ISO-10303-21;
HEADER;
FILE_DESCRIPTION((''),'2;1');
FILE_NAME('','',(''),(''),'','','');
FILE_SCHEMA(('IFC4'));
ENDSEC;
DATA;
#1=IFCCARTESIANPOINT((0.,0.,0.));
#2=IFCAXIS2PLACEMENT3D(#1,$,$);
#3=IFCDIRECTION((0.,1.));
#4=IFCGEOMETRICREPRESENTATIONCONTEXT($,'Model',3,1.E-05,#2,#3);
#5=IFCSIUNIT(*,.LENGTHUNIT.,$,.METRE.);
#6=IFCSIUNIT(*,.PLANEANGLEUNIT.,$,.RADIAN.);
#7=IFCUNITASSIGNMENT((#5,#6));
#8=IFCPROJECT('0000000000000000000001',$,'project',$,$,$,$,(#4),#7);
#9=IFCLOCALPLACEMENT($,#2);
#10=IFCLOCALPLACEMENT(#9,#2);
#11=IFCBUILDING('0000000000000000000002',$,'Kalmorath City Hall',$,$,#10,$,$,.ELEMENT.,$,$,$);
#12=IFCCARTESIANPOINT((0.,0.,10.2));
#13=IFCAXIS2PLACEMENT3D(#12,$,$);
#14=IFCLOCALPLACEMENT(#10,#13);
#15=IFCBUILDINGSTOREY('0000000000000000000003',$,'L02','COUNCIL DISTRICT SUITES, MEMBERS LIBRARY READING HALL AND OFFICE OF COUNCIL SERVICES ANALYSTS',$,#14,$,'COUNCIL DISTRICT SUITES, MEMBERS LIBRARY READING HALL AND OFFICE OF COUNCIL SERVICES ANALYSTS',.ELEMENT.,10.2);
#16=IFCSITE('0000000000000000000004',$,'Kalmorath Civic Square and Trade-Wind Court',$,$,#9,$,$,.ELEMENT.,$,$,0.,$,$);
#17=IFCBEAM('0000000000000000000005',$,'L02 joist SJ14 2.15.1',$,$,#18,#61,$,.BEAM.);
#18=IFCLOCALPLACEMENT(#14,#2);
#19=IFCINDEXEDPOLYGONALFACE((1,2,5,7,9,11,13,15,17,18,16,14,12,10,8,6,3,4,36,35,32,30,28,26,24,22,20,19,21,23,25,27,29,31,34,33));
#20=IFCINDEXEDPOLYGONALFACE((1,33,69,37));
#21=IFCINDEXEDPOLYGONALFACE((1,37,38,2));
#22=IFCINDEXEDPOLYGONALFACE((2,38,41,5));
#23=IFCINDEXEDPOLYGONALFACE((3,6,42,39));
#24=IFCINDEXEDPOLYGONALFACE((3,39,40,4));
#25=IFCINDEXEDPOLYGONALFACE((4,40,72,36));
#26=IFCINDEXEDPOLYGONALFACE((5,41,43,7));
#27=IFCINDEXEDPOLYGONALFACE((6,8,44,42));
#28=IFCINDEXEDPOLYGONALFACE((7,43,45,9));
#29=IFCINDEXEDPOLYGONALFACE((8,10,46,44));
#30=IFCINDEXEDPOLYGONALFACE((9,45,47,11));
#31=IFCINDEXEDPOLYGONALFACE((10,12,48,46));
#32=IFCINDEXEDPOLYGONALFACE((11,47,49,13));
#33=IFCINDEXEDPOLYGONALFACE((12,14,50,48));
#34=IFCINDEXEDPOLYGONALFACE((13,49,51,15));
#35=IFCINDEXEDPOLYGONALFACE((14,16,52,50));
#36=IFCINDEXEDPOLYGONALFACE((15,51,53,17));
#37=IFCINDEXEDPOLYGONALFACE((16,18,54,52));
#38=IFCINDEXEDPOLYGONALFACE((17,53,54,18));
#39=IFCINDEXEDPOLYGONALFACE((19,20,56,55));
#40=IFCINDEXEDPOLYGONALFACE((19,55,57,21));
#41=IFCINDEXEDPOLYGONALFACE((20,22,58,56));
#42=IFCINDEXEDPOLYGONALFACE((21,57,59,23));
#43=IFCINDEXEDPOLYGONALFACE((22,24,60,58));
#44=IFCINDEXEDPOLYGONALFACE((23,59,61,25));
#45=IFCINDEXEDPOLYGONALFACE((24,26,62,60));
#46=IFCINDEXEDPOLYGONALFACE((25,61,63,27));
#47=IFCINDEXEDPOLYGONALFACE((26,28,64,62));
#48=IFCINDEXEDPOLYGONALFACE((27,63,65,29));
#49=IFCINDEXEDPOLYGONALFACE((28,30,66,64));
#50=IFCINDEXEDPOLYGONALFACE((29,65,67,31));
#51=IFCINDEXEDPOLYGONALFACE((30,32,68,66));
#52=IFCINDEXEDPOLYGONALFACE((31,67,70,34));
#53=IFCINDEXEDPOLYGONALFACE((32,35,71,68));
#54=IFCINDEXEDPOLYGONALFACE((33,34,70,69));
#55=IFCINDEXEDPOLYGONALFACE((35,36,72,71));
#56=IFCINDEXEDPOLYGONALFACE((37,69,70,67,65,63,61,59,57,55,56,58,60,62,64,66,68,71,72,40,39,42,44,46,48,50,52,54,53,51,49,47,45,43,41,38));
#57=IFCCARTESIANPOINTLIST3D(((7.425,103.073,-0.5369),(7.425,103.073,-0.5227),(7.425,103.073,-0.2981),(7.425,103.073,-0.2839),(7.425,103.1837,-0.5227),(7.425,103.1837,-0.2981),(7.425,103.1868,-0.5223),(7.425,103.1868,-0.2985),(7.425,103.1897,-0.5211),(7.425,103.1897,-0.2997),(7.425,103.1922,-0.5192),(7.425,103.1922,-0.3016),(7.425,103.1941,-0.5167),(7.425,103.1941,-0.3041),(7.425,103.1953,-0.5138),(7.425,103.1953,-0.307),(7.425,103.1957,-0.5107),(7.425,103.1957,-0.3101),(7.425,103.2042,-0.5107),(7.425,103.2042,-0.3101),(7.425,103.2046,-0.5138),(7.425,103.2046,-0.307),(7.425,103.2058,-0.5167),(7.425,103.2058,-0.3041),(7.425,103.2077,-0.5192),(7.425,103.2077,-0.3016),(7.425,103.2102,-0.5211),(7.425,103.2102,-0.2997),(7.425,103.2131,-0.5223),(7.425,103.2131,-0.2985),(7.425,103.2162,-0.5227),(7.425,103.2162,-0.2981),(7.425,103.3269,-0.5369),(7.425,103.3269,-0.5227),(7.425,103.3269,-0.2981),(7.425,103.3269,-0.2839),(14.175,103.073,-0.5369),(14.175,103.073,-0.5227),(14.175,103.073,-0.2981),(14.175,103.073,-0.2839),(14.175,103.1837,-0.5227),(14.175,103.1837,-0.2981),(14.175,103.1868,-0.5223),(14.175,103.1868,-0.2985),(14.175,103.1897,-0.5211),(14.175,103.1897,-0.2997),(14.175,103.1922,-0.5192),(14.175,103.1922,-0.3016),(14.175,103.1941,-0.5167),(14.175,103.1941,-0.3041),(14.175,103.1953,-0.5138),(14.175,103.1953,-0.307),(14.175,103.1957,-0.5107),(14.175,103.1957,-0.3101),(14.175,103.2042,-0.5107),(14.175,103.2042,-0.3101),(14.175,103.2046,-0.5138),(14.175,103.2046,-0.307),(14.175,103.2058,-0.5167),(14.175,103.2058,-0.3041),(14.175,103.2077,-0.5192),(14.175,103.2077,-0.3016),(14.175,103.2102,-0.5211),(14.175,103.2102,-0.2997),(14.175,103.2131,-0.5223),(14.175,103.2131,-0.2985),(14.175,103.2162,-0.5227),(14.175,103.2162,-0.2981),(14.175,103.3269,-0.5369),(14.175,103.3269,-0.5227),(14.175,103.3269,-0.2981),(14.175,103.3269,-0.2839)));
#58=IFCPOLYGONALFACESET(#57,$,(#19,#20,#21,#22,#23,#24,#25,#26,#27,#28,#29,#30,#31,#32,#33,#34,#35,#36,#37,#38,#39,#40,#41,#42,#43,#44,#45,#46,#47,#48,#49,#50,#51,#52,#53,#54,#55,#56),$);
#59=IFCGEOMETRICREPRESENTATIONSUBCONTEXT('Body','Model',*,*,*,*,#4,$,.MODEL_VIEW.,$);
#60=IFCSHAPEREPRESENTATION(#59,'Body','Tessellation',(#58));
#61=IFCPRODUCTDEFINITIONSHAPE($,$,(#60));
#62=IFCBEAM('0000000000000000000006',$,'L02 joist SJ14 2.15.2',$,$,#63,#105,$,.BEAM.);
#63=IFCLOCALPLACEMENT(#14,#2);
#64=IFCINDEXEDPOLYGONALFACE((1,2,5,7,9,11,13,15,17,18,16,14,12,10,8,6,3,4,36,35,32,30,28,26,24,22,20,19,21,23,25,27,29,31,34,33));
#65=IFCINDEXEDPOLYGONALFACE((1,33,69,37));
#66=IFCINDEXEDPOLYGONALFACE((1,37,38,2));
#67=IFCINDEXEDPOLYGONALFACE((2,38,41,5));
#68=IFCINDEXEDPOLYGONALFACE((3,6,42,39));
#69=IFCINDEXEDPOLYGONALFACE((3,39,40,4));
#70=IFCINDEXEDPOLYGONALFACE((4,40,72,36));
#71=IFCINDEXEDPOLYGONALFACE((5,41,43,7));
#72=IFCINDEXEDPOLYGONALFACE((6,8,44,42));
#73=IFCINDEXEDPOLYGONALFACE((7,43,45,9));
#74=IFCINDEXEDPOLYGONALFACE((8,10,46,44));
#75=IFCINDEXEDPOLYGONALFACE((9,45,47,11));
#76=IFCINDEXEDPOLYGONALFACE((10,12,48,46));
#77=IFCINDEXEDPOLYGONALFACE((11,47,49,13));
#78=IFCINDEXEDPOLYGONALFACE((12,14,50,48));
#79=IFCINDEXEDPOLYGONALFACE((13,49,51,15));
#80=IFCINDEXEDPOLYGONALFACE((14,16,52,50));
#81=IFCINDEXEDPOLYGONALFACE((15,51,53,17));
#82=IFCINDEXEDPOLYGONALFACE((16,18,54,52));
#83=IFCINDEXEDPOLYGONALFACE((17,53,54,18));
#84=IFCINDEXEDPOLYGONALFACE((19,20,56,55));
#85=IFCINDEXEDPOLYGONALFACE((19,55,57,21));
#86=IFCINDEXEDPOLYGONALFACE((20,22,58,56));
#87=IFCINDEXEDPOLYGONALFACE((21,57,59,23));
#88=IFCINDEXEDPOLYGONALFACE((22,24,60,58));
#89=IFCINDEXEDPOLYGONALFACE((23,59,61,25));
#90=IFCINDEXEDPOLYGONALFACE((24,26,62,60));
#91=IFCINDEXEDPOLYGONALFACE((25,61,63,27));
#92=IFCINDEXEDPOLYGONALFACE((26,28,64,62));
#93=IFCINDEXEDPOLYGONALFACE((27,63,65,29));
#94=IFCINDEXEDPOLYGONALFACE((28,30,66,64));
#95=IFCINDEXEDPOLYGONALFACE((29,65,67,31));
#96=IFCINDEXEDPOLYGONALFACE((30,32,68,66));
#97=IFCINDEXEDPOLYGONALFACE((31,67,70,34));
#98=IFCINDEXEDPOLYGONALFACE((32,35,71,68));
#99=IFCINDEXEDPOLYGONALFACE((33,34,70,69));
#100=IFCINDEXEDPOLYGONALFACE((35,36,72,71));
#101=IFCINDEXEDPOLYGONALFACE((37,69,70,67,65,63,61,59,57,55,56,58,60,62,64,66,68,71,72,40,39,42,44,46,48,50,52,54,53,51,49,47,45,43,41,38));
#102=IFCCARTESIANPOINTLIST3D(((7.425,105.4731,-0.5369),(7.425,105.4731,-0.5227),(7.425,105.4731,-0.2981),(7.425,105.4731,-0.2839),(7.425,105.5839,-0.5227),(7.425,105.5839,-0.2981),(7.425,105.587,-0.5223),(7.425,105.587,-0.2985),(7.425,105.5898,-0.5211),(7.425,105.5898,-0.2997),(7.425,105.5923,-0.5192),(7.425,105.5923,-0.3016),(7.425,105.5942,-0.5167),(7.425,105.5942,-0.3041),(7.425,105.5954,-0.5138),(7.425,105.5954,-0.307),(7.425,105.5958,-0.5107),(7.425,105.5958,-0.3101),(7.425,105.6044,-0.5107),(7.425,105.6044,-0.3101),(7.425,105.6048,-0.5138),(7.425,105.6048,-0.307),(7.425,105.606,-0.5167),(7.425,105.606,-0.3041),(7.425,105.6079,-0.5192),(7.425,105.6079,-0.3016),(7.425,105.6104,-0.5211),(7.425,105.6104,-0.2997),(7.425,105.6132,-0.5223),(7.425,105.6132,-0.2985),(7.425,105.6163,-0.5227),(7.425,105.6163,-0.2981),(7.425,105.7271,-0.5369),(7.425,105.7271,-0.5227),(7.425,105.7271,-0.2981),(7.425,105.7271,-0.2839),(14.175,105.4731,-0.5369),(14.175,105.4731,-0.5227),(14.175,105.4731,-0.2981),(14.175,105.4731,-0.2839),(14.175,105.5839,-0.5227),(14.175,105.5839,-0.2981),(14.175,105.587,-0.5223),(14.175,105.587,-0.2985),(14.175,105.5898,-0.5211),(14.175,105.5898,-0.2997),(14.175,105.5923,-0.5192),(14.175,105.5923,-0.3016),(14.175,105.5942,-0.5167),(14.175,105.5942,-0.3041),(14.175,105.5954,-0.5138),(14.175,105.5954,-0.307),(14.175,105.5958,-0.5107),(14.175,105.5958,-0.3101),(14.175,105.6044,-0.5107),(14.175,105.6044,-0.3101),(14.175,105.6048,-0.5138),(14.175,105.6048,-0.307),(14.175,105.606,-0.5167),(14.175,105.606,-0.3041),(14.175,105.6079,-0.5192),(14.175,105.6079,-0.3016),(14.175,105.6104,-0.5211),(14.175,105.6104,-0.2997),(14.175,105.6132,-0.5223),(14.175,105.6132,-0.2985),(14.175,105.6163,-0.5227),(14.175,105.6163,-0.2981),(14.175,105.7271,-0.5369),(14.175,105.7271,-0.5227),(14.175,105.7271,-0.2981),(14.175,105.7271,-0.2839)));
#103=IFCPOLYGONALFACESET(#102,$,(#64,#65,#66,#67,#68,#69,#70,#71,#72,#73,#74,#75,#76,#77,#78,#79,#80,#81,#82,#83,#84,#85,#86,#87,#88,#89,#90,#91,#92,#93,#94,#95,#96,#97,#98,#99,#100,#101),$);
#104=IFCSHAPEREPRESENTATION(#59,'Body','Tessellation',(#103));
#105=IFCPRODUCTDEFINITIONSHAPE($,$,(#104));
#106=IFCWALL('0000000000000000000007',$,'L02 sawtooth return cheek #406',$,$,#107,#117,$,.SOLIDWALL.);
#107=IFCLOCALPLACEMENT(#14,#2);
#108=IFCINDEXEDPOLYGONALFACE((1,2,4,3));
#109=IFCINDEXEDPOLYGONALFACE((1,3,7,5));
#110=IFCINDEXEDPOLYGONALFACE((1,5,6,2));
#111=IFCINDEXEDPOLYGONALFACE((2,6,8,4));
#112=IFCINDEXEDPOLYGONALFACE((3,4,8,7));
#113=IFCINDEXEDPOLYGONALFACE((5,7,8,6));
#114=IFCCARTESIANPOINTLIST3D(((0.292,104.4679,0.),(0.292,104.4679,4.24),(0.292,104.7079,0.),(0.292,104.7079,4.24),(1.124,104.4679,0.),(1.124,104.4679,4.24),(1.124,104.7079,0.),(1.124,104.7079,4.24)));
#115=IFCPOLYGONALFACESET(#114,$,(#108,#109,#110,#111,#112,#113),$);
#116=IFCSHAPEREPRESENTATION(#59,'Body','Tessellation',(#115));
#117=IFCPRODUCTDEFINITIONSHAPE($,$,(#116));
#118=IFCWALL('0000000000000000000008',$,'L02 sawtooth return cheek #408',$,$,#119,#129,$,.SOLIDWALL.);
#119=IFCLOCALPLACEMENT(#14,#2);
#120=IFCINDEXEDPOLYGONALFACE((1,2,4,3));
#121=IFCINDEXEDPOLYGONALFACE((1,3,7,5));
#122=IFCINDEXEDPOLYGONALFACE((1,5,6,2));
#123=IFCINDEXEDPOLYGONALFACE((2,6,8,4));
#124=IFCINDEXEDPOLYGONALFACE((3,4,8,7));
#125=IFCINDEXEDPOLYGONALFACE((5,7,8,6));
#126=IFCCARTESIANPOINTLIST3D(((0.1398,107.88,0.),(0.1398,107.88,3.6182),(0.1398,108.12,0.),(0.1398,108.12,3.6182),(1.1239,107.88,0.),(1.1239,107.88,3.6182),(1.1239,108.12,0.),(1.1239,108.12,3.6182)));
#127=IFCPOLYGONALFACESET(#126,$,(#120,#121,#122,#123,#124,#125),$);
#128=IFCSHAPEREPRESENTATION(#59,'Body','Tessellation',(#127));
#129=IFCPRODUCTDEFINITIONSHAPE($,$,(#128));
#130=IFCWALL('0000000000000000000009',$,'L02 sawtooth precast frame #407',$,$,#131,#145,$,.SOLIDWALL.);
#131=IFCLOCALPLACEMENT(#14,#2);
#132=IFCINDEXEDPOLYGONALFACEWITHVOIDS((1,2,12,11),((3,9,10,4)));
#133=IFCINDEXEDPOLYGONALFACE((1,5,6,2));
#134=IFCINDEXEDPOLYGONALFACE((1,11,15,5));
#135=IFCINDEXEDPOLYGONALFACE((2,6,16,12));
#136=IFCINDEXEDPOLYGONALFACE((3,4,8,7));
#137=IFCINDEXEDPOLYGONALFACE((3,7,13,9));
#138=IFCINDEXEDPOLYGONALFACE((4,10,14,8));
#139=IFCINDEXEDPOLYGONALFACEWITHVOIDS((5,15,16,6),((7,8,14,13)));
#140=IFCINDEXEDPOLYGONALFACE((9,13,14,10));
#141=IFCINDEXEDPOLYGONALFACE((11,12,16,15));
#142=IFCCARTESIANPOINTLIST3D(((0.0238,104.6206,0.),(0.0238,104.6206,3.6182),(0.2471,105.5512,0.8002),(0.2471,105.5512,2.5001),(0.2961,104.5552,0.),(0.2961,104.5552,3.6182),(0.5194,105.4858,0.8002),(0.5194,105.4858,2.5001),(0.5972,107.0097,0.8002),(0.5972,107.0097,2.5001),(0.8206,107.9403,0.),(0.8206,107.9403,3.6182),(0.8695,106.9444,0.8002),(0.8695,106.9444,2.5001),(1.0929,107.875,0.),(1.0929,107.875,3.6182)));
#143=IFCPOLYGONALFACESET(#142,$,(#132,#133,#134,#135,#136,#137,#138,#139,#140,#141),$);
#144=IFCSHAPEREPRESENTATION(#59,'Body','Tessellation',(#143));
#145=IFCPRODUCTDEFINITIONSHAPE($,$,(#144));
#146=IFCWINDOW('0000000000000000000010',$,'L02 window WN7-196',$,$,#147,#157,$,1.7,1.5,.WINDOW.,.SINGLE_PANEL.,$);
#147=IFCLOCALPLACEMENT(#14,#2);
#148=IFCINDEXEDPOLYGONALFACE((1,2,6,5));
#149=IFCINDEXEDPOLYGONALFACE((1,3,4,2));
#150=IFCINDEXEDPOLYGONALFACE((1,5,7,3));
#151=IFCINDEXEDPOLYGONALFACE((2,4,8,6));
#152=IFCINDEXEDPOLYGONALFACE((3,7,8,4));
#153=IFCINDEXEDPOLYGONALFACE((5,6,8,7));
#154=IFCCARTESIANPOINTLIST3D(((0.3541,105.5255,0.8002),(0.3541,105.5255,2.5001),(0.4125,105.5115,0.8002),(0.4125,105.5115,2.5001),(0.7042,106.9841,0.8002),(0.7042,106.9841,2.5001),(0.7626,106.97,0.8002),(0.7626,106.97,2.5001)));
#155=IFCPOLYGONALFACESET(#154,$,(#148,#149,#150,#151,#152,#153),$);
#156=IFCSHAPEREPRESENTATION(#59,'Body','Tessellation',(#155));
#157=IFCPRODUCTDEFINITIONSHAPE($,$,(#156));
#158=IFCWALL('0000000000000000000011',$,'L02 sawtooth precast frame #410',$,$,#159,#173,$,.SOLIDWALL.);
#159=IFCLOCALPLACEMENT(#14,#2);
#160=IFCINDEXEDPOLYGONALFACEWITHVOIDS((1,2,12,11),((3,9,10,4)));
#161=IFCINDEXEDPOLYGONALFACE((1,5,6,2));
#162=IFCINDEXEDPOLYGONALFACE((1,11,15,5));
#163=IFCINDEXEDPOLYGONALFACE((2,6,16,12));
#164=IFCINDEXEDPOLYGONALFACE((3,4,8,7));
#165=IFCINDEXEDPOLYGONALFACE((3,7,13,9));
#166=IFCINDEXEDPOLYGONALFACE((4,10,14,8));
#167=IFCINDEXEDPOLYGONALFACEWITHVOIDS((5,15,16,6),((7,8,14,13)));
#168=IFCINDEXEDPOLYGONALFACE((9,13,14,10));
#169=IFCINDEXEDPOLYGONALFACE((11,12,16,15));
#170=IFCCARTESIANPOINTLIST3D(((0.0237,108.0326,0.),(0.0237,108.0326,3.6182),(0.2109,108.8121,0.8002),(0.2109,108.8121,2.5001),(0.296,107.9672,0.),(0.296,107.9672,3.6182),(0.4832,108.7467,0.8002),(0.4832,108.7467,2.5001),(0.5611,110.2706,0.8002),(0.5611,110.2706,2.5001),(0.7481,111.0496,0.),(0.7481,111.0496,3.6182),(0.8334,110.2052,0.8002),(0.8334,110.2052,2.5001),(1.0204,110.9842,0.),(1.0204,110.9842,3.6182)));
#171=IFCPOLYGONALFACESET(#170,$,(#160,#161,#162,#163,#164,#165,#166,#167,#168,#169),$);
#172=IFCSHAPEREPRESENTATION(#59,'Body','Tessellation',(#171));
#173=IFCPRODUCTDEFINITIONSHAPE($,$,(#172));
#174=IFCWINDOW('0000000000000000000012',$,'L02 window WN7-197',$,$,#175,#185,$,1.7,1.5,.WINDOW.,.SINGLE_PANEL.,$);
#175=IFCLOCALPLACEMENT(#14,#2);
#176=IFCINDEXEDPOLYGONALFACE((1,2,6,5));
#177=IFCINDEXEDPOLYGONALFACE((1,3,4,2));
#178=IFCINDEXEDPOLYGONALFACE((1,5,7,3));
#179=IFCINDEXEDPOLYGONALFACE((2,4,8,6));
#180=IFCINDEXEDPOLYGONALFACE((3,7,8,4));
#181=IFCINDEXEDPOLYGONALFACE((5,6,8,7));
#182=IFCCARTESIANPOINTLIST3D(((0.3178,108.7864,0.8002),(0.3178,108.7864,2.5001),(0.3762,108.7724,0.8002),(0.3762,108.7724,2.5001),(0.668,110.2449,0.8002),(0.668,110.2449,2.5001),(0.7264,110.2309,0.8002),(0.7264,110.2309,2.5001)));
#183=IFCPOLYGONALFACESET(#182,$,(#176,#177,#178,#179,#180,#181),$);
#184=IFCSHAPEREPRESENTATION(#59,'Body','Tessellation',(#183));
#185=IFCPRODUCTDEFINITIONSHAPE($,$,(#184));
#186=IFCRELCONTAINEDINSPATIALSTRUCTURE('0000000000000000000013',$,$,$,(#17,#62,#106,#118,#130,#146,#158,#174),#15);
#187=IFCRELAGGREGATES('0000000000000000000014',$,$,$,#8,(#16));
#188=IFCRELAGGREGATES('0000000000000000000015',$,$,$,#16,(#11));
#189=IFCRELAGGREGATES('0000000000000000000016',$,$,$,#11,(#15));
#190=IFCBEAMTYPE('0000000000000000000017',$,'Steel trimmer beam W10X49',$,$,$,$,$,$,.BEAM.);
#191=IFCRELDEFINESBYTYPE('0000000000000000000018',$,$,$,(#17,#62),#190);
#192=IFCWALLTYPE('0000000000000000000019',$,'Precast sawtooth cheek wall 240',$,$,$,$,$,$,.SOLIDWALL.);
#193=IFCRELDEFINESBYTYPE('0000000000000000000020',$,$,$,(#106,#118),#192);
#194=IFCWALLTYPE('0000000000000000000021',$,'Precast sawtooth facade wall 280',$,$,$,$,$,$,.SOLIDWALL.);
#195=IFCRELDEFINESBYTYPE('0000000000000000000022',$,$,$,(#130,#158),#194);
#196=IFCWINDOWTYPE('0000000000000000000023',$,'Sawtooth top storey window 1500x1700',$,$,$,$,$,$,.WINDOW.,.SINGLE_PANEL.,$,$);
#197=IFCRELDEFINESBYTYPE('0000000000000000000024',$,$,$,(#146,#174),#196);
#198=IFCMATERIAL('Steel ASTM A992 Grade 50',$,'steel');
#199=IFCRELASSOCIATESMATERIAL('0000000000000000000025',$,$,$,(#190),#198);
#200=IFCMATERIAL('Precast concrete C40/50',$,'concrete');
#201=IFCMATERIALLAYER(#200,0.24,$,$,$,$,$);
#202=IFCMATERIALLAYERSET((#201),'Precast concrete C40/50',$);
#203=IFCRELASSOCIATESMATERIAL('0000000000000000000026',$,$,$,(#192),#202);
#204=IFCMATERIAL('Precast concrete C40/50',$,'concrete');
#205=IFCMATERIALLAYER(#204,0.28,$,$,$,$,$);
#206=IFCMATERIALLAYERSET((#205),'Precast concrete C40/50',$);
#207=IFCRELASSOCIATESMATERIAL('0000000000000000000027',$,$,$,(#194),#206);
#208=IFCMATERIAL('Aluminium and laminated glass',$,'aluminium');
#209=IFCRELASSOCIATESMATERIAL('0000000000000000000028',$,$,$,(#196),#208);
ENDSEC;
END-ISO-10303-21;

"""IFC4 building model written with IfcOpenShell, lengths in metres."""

from ifc_helpers import new_model, si_unit, direction, frame, frame_2d, origin, origin_2d, place, context, subcontext, project, spatial, rectangle, i_section, extrude, material, layer, layer_set, material_profile, profile_set, type_object, element, fill, save


model = new_model("IFC4")

# Units and contexts
model_context = context("Model", 3, precision=1e-05, world=origin(), true_north=direction((0.0, 1.0)))
body_context = subcontext(model_context, "Body", "Model", "MODEL_VIEW")
ifc_project = project(units=[si_unit("LENGTHUNIT", "METRE"), si_unit("PLANEANGLEUNIT", "RADIAN")], contexts=[model_context])

# Site, building, storey
site_placement = place(None, origin())
site = spatial("IfcSite", under=ifc_project, at=site_placement, Name="Kalmorath Civic Square and Trade-Wind Court", CompositionType="ELEMENT", RefElevation=0.0)
building_placement = place(site_placement, origin())
building = spatial("IfcBuilding", under=site, at=building_placement, Name="Kalmorath City Hall", CompositionType="ELEMENT")
storey_placement = place(building_placement, frame((0.0, 0.0, 10.2)))
storey = spatial("IfcBuildingStorey", under=building, at=storey_placement, Name="L02", Description="COUNCIL DISTRICT SUITES, MEMBERS LIBRARY READING HALL AND OFFICE OF COUNCIL SERVICES ANALYSTS", LongName="COUNCIL DISTRICT SUITES, MEMBERS LIBRARY READING HALL AND OFFICE OF COUNCIL SERVICES ANALYSTS", CompositionType="ELEMENT", Elevation=10.2)

# Beams
ifc_material_1 = material(Name="Steel ASTM A992 Grade 50", Category="steel")
ifc_material_profile_1 = material_profile(ifc_material_1, i_section(OverallWidth=0.2539, OverallDepth=0.2529, WebThickness=0.0085, FlangeThickness=0.0142, FilletRadius=0.012, at=origin_2d()), Name="W10X49")
ifc_profile_set_1 = profile_set([ifc_material_profile_1], Name="Steel ASTM A992 Grade 50")
beam_type_1 = type_object("IfcBeamType", Name="Steel trimmer beam W10X49", PredefinedType="BEAM", material=ifc_profile_set_1)
for number, where, z_axis, x_axis, name in (
    (1, (7.425, 103.2, -0.4104), (1.0, 0.0, 0.0), (0.0, 1.0, 0.0), "L02 joist SJ14 2.15.1"),
    (2, (7.425, 105.6001, -0.4104), (1.0, 0.0, 0.0), (0.0, 1.0, 0.0), "L02 joist SJ14 2.15.2"),
):
    element("IfcBeam", number, at=place(storey_placement, frame(where, z_axis=z_axis, x_axis=x_axis)), inside=storey, type_object=beam_type_1, Name=name, PredefinedType="BEAM", context=body_context, shape_type="SweptSolid", body=[
        extrude(i_section(OverallWidth=0.2539, OverallDepth=0.2529, WebThickness=0.0085, FlangeThickness=0.0142, FilletRadius=0.012, at=origin_2d()), origin(), (0.0, 0.0, 1.0), 6.75),
    ])

# Walls
ifc_material_2 = material(Name="Precast concrete C40/50", Category="concrete")
ifc_layer_1 = layer(ifc_material_2, 0.24)
ifc_layer_set_1 = layer_set([ifc_layer_1], Name="Precast concrete C40/50")
wall_type_1 = type_object("IfcWallType", Name="Precast sawtooth cheek wall 240", PredefinedType="SOLIDWALL", material=ifc_layer_set_1)
wall_1_placement = place(storey_placement, frame((1.124, 104.5879, 0.0), z_axis=(0.0, 0.0, 1.0), x_axis=(-1.0, 0.0, 0.0)))
element("IfcWall", 3, at=wall_1_placement, inside=storey, type_object=wall_type_1, Name="L02 sawtooth return cheek #406", PredefinedType="SOLIDWALL", context=body_context, shape_type="SweptSolid", body=[
    extrude(rectangle(XDim=0.832, YDim=0.24, at=frame_2d((0.416, 0.0))), origin(), (0.0, 0.0, 1.0), 4.24),
])
wall_2_placement = place(storey_placement, frame((1.124, 108.0, 0.0), z_axis=(0.0, 0.0, 1.0), x_axis=(-1.0, 0.0, 0.0)))
element("IfcWall", 4, at=wall_2_placement, inside=storey, type_object=wall_type_1, Name="L02 sawtooth return cheek #408", PredefinedType="SOLIDWALL", context=body_context, shape_type="SweptSolid", body=[
    extrude(rectangle(XDim=0.9841, YDim=0.24, at=frame_2d((0.4922, 0.0))), origin(), (0.0, 0.0, 1.0), 3.6182),
])

# Walls, openings, windows
ifc_material_3 = material(Name="Precast concrete C40/50", Category="concrete")
ifc_layer_2 = layer(ifc_material_3, 0.28)
ifc_layer_set_2 = layer_set([ifc_layer_2], Name="Precast concrete C40/50")
wall_type_2 = type_object("IfcWallType", Name="Precast sawtooth facade wall 280", PredefinedType="SOLIDWALL", material=ifc_layer_set_2)
wall_3_placement = place(storey_placement, frame((0.1599, 104.5879, 0.0), z_axis=(0.0, 0.0, 1.0), x_axis=(0.233405, 0.97238, 0.0)))
wall_3 = element("IfcWall", 5, at=wall_3_placement, inside=storey, type_object=wall_type_2, Name="L02 sawtooth precast frame #407", PredefinedType="SOLIDWALL", context=body_context, shape_type="SweptSolid", body=[
    extrude(rectangle(XDim=3.4141, YDim=0.28, at=frame_2d((1.707, 0.0))), origin(), (0.0, 0.0, 1.0), 3.6182),
])
opening_1_placement = place(wall_3_placement, frame((0.957, 0.0, 0.8)))
opening_1 = element("IfcOpeningElement", 6, at=opening_1_placement, cuts=wall_3, PredefinedType="OPENING", context=body_context, shape_type="SweptSolid", body=[
    extrude(rectangle(XDim=1.5, YDim=1.7, at=frame_2d((0.75, 0.8501))), frame((0.0, 0.1499, 0.0), z_axis=(0.0, -1.0, 0.0), x_axis=(1.0, 0.0, 0.0)), (0.0, 0.0, 1.0), 0.3),
])
ifc_material_4 = material(Name="Aluminium and laminated glass", Category="aluminium")
window_type = type_object("IfcWindowType", Name="Sawtooth top storey window 1500x1700", PartitioningType="SINGLE_PANEL", PredefinedType="WINDOW", material=ifc_material_4)
window_1_placement = place(opening_1_placement, origin())
window_1 = element("IfcWindow", 7, at=window_1_placement, inside=storey, type_object=window_type, Name="L02 window WN7-196", OverallHeight=1.7, OverallWidth=1.5, PartitioningType="SINGLE_PANEL", PredefinedType="WINDOW", context=body_context, shape_type="SweptSolid", body=[
    extrude(rectangle(XDim=1.5, YDim=1.7, at=frame_2d((0.75, 0.8501))), frame((0.0, 0.03, 0.0), z_axis=(0.0, -1.0, 0.0), x_axis=(1.0, 0.0, 0.0)), (0.0, 0.0, 1.0), 0.0601),
])
fill(opening_1, window_1)
wall_4_placement = place(storey_placement, frame((0.1599, 108.0, 0.0), z_axis=(0.0, 0.0, 1.0), x_axis=(0.233453, 0.972368, 0.0)))
wall_4 = element("IfcWall", 8, at=wall_4_placement, inside=storey, type_object=wall_type_2, Name="L02 sawtooth precast frame #410", PredefinedType="SOLIDWALL", context=body_context, shape_type="SweptSolid", body=[
    extrude(rectangle(XDim=3.1028, YDim=0.28, at=frame_2d((1.5513, 0.0))), origin(), (0.0, 0.0, 1.0), 3.6182),
])
opening_2_placement = place(wall_4_placement, frame((0.8015, 0.0, 0.8)))
opening_2 = element("IfcOpeningElement", 9, at=opening_2_placement, cuts=wall_4, PredefinedType="OPENING", context=body_context, shape_type="SweptSolid", body=[
    extrude(rectangle(XDim=1.5, YDim=1.7, at=frame_2d((0.75, 0.8501))), frame((0.0, 0.1499, 0.0), z_axis=(0.0, -1.0, 0.0), x_axis=(1.0, 0.0, 0.0)), (0.0, 0.0, 1.0), 0.3),
])
window_2_placement = place(opening_2_placement, origin())
window_2 = element("IfcWindow", 10, at=window_2_placement, inside=storey, type_object=window_type, Name="L02 window WN7-197", OverallHeight=1.7, OverallWidth=1.5, PartitioningType="SINGLE_PANEL", PredefinedType="WINDOW", context=body_context, shape_type="SweptSolid", body=[
    extrude(rectangle(XDim=1.5, YDim=1.7, at=frame_2d((0.75, 0.8501))), frame((0.0, 0.03, 0.0), z_axis=(0.0, -1.0, 0.0), x_axis=(1.0, 0.0, 0.0)), (0.0, 0.0, 1.0), 0.0601),
])
fill(opening_2, window_2)

save(model, "model.ifc")
